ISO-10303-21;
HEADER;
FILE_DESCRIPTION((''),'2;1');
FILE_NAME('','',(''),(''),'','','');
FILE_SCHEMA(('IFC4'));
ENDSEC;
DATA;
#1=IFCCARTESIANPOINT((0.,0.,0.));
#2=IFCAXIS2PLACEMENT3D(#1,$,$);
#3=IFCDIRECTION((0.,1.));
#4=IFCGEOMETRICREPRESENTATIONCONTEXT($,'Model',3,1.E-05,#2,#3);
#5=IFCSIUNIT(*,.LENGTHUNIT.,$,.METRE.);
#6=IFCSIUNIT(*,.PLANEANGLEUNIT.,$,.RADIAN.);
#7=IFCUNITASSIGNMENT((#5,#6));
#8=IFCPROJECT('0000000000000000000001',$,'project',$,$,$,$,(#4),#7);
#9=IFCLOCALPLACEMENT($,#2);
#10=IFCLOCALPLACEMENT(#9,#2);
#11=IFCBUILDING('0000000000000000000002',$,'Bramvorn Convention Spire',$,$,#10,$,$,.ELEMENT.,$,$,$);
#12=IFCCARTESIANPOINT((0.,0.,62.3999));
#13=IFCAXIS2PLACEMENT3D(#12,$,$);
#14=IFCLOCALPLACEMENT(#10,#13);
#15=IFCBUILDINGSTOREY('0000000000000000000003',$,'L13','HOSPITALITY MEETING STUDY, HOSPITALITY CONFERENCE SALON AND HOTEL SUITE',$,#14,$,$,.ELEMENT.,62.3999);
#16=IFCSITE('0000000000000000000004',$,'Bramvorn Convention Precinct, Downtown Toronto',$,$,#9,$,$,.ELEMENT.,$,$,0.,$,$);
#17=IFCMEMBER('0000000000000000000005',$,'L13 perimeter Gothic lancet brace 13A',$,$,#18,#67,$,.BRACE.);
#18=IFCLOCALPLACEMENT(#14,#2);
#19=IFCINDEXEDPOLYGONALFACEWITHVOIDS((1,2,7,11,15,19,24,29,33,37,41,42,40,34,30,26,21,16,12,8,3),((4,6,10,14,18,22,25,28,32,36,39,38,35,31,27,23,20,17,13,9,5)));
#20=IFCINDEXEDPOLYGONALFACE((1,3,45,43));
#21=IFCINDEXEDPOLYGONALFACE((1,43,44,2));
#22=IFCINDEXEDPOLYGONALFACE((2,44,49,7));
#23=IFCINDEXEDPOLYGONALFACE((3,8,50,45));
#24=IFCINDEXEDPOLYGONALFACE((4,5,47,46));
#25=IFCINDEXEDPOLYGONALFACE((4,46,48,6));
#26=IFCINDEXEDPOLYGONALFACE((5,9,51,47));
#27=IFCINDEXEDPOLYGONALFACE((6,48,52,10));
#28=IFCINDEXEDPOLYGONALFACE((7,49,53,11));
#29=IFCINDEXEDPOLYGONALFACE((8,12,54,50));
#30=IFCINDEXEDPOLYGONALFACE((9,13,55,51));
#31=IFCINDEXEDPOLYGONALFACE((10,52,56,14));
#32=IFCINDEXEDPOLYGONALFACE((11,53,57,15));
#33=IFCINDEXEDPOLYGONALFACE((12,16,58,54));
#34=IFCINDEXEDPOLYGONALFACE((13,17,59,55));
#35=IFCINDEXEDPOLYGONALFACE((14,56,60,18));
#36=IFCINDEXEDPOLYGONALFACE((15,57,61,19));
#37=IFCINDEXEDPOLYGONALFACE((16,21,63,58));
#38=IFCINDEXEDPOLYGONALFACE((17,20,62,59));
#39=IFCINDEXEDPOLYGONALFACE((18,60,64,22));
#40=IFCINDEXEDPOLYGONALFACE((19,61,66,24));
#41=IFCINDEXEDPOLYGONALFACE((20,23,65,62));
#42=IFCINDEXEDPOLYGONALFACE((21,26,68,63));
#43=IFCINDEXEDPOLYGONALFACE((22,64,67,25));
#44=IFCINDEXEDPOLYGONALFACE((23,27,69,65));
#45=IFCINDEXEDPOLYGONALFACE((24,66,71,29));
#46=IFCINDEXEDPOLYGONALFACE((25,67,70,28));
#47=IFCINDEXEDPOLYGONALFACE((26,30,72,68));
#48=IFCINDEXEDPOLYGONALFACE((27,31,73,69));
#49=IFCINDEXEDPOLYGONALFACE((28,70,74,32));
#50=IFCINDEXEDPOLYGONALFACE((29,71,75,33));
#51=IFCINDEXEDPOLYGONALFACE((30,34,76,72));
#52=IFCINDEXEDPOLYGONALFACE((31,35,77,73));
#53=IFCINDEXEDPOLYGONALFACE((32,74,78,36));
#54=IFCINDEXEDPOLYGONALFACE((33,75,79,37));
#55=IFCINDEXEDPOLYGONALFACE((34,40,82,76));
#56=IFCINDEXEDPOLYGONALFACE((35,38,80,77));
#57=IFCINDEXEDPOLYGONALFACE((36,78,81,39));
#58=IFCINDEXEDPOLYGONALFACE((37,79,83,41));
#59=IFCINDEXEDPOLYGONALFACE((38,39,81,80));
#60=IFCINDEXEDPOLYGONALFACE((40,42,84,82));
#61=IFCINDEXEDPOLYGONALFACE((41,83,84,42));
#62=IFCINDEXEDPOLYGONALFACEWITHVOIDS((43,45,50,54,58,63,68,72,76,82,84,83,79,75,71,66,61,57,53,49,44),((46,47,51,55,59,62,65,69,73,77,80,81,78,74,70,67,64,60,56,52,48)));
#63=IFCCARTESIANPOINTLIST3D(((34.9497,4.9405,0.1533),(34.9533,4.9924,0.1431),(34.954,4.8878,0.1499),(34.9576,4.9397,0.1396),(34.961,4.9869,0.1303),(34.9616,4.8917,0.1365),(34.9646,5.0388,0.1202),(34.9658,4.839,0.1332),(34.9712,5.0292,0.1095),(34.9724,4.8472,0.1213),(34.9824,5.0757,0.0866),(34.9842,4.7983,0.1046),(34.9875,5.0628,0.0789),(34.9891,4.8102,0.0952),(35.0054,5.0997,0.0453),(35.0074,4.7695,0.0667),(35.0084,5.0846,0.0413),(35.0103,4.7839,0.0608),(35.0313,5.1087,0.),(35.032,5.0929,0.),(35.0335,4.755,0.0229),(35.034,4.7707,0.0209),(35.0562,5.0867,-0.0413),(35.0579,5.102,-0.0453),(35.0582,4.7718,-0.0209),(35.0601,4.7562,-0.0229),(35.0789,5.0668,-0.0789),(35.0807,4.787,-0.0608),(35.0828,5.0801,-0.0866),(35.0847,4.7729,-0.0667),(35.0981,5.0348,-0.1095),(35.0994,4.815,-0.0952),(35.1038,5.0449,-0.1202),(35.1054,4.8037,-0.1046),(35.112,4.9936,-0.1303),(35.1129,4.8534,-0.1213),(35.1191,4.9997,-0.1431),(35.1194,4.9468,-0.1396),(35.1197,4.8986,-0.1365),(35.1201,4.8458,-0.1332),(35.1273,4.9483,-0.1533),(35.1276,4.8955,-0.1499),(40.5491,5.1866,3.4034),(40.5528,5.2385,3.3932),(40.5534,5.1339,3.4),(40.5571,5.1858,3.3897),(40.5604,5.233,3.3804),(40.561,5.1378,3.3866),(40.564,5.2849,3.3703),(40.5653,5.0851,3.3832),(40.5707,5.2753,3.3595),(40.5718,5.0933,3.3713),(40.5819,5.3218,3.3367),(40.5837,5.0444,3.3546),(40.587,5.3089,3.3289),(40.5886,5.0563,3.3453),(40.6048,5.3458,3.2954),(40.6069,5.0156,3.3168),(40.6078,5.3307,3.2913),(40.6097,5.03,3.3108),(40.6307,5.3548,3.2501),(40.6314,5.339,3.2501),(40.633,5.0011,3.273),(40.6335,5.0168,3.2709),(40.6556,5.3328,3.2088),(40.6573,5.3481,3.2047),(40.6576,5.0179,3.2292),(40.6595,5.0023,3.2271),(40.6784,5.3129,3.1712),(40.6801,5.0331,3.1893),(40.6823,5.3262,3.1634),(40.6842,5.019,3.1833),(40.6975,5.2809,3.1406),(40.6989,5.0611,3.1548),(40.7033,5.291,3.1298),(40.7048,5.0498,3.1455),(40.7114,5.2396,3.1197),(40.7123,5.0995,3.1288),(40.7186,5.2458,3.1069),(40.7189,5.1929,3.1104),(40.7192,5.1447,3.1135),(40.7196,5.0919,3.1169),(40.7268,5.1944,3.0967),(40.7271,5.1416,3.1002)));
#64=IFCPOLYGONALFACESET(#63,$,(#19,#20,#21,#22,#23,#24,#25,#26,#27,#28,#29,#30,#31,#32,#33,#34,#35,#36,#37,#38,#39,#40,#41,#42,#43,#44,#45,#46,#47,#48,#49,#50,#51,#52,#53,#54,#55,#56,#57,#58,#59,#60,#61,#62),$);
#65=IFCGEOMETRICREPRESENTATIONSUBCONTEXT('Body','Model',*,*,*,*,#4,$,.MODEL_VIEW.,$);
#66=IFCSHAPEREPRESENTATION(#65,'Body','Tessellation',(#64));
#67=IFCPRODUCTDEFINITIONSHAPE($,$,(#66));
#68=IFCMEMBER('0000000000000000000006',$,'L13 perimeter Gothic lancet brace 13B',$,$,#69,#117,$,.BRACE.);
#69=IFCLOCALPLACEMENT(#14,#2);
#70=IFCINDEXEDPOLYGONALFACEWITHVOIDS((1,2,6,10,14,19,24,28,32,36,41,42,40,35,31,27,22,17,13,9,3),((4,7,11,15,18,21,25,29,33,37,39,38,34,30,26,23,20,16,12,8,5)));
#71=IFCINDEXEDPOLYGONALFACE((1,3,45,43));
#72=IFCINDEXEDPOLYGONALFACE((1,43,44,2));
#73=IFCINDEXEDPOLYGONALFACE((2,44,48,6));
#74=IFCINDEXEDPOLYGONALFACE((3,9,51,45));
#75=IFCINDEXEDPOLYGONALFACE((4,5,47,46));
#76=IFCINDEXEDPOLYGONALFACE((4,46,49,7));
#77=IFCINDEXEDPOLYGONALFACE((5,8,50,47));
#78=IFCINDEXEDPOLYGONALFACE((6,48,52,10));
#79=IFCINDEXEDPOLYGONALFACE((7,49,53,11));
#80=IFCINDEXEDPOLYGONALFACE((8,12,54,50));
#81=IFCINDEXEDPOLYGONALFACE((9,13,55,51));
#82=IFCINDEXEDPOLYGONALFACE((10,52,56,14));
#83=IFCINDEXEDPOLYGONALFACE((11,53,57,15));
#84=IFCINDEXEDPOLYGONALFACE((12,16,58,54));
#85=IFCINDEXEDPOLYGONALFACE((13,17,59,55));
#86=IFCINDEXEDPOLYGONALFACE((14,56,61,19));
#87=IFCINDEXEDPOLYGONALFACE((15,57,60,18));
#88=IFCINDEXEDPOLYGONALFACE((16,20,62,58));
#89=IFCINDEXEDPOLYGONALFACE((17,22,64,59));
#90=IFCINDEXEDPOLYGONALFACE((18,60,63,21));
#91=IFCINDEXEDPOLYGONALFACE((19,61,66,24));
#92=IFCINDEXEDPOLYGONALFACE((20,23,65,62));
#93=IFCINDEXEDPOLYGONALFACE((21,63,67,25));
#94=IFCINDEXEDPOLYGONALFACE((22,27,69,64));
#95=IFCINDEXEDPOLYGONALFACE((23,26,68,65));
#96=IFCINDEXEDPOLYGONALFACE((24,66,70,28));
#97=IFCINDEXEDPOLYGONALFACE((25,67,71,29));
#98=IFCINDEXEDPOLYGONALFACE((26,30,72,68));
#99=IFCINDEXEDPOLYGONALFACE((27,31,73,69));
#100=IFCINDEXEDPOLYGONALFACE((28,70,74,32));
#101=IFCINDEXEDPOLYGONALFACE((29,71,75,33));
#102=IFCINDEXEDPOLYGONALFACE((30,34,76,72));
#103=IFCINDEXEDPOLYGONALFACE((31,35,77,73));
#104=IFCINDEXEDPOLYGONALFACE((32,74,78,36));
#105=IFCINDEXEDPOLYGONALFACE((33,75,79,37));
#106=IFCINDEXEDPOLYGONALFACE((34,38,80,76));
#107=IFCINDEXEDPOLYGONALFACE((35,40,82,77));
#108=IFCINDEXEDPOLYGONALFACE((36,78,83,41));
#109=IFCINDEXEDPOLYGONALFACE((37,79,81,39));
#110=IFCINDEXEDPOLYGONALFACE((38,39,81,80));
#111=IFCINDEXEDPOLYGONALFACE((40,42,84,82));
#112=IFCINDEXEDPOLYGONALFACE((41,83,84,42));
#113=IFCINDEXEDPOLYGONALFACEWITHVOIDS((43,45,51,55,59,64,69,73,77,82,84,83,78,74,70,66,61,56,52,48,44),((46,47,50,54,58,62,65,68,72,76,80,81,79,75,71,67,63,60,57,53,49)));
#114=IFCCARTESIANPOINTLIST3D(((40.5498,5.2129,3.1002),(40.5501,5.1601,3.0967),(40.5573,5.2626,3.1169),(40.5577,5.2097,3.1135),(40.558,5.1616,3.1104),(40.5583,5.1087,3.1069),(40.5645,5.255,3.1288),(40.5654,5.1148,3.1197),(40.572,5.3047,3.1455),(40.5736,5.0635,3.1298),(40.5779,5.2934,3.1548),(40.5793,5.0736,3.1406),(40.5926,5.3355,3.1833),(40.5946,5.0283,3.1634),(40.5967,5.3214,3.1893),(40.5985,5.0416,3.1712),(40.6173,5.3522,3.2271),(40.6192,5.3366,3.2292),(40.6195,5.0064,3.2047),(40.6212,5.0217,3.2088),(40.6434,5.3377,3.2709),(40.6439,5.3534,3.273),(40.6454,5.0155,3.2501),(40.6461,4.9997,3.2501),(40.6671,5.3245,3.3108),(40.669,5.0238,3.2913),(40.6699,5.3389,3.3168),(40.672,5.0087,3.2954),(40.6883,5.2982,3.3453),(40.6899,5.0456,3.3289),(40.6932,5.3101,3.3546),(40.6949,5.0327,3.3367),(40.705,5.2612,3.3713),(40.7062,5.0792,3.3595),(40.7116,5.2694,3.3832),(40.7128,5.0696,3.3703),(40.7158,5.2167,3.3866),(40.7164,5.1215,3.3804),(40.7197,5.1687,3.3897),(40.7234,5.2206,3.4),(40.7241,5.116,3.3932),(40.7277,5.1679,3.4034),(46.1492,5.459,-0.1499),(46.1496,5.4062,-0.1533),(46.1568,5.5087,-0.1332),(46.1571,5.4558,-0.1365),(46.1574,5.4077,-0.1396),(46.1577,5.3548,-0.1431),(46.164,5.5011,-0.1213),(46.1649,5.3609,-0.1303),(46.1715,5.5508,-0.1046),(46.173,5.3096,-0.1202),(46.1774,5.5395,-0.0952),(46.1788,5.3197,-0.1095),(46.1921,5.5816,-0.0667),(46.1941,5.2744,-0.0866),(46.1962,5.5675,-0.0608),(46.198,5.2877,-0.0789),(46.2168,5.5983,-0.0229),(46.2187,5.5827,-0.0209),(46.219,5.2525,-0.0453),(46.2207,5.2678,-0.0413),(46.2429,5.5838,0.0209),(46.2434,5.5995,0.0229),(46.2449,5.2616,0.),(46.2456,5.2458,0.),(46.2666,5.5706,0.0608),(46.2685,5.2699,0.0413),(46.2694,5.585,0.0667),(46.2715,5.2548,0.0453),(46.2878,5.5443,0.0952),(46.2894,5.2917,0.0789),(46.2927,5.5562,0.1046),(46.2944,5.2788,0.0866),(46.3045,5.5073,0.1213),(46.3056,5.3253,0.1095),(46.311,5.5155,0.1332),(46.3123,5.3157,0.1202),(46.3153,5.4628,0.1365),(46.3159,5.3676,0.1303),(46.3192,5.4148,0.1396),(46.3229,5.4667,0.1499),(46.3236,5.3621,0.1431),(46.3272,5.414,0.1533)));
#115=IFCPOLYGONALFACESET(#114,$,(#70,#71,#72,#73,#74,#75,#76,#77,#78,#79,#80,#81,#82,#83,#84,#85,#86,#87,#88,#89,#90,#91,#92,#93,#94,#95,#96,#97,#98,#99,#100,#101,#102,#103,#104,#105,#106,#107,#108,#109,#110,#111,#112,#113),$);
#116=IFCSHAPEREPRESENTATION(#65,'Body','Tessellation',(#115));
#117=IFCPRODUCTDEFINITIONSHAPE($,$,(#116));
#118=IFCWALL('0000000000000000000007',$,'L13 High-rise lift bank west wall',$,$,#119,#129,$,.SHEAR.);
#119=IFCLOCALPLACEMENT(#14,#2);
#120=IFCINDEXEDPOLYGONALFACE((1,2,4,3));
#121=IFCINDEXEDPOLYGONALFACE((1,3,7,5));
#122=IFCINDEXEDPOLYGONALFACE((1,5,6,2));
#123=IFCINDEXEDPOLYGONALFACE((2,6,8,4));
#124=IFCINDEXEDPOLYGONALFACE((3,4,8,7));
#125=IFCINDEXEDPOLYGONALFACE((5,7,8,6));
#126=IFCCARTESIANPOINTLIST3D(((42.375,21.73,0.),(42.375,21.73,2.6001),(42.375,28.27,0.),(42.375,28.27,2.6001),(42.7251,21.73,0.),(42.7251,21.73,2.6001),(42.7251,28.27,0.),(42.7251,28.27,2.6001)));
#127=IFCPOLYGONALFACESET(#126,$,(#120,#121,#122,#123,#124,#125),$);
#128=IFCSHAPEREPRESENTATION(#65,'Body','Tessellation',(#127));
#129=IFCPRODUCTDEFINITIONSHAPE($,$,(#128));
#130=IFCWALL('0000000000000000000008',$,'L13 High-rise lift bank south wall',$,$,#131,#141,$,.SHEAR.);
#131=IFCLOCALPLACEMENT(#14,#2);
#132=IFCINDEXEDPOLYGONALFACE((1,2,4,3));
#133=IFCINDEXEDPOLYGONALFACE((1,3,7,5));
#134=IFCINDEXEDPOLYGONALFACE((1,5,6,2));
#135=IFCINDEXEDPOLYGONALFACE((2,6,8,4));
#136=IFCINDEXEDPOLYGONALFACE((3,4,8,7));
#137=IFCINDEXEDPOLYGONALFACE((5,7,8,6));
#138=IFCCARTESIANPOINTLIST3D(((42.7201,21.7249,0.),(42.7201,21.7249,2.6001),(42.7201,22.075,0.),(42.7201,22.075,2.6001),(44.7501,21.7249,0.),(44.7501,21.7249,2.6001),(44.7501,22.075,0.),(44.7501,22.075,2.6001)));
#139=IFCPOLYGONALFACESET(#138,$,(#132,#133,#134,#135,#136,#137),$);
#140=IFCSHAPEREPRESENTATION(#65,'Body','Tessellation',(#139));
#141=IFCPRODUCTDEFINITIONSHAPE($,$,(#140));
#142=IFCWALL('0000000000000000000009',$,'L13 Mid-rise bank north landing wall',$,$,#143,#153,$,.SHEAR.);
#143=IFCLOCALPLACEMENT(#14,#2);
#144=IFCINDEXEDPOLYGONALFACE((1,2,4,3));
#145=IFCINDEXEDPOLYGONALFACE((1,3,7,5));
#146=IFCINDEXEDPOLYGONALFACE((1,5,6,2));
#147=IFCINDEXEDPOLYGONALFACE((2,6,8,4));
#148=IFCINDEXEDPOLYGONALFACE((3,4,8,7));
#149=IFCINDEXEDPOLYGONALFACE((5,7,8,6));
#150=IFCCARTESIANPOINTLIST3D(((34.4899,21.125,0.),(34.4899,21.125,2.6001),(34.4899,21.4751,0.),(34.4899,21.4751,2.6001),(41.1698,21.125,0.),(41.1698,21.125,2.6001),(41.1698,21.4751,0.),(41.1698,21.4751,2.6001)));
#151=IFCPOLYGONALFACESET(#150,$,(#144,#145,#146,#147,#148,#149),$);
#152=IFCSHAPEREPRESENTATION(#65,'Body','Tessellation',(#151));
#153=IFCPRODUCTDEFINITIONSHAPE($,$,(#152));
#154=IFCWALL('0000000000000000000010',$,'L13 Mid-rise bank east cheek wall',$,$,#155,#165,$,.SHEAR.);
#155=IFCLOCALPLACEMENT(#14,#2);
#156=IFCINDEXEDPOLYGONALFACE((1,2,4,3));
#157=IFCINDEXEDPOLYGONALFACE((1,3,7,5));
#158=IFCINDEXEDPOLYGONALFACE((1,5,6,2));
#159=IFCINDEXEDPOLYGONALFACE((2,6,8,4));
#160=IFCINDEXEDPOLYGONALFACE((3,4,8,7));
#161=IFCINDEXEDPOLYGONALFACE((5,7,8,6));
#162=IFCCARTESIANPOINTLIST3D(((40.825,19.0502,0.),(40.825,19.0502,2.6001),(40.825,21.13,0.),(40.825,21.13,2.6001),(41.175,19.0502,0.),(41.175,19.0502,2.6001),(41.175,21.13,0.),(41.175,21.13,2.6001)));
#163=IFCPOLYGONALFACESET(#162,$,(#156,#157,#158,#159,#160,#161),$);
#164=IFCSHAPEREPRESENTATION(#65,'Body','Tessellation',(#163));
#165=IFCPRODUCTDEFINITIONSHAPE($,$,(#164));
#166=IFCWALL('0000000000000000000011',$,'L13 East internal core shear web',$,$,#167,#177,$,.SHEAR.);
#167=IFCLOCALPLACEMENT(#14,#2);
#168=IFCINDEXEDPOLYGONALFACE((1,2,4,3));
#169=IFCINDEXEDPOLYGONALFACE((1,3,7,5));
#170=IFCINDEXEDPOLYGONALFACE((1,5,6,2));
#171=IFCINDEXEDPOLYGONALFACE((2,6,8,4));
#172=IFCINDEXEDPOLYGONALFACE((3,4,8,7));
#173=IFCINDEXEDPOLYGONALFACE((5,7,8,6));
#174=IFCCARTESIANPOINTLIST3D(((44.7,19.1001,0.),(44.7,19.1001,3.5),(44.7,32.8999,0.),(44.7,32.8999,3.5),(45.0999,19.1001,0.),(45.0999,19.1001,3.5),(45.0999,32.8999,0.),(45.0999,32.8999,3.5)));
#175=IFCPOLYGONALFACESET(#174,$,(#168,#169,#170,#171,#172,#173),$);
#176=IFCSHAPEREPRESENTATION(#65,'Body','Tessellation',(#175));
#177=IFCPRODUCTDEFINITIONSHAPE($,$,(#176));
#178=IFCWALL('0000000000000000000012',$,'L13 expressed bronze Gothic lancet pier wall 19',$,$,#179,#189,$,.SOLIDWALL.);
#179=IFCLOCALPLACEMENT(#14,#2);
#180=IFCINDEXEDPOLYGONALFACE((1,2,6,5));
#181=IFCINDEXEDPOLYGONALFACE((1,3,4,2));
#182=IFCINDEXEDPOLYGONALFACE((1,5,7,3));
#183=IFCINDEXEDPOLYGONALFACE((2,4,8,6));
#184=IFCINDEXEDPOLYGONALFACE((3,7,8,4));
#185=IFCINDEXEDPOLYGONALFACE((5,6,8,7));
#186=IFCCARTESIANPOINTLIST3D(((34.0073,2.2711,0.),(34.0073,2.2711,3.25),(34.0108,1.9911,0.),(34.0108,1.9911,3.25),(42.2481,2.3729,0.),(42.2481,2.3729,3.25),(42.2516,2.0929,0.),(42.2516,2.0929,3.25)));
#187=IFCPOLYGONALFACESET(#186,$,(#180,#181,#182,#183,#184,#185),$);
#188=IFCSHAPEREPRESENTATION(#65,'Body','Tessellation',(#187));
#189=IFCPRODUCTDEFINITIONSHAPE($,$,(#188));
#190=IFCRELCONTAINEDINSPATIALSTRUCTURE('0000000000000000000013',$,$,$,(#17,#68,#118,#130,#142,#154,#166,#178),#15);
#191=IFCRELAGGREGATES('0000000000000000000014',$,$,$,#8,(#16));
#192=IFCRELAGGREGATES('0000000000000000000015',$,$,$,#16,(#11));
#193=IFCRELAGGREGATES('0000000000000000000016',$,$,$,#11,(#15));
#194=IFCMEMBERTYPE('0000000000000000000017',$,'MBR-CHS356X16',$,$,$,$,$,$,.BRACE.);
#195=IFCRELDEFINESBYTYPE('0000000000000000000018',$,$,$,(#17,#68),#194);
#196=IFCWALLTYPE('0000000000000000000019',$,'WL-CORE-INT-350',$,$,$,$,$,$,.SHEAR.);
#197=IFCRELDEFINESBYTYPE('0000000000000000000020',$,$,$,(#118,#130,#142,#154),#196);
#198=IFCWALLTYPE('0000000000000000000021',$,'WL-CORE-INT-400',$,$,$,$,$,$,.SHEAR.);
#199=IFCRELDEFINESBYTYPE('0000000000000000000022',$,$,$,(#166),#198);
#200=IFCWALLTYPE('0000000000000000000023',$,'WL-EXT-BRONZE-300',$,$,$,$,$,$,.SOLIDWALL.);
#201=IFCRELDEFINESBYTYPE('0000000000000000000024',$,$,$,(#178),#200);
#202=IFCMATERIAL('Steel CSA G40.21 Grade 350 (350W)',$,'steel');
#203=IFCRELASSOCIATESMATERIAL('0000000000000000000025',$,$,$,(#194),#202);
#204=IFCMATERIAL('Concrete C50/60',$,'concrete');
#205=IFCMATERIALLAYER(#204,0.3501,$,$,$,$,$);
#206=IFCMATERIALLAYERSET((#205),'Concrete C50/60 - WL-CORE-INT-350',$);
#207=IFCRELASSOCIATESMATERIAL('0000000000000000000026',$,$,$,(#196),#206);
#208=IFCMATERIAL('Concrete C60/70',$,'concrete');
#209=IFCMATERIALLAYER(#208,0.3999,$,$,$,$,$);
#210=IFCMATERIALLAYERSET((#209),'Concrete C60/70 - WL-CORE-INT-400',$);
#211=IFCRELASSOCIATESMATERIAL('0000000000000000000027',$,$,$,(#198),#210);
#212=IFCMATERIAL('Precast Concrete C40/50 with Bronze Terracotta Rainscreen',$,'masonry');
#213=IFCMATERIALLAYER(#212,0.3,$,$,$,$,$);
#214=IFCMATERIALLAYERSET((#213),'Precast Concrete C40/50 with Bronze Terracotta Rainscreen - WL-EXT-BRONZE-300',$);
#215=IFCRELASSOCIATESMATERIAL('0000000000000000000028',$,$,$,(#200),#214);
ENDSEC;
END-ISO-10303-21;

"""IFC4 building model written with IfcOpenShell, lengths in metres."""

from ifc_helpers import new_model, si_unit, direction, frame, frame_2d, origin, origin_2d, place, context, subcontext, project, spatial, rectangle, hollow_circle, extrude, material, layer, layer_set, material_profile, profile_set, type_object, element, save


model = new_model("IFC4")

# Units and contexts
model_context = context("Model", 3, precision=1e-05, world=origin(), true_north=direction((0.0, 1.0)))
body_context = subcontext(model_context, "Body", "Model", "MODEL_VIEW")
ifc_project = project(units=[si_unit("LENGTHUNIT", "METRE"), si_unit("PLANEANGLEUNIT", "RADIAN")], contexts=[model_context])

# Site, building, storey
site_placement = place(None, origin())
site = spatial("IfcSite", under=ifc_project, at=site_placement, Name="Bramvorn Convention Precinct, Downtown Toronto", CompositionType="ELEMENT", RefElevation=0.0)
building_placement = place(site_placement, origin())
building = spatial("IfcBuilding", under=site, at=building_placement, Name="Bramvorn Convention Spire", CompositionType="ELEMENT")
storey_placement = place(building_placement, frame((0.0, 0.0, 62.3999)))
storey = spatial("IfcBuildingStorey", under=building, at=storey_placement, Name="L13", Description="HOSPITALITY MEETING STUDY, HOSPITALITY CONFERENCE SALON AND HOTEL SUITE", CompositionType="ELEMENT", Elevation=62.3999)

# Shared definitions
ifc_material_1 = material(Name="Steel CSA G40.21 Grade 350 (350W)", Category="steel")

# Members
ifc_material_profile_1 = material_profile(ifc_material_1, hollow_circle(Radius=0.1777, WallThickness=0.0159, at=origin_2d()))
ifc_profile_set_1 = profile_set([ifc_material_profile_1], Name="Steel CSA G40.21 Grade 350 (350W) - CHS356X16")
member_type = type_object("IfcMemberType", Name="MBR-CHS356X16", PredefinedType="BRACE", material=ifc_profile_set_1)
for number, where, z_axis, x_axis, name in (
    (1, (35.0391, 4.9312, 0.0), (0.864248, 0.037984, 0.50163), (-0.043908, 0.999036, 0.0), "L13 perimeter Gothic lancet brace 13A"),
    (2, (46.2378, 5.4233, 0.0), (-0.864248, -0.037984, 0.50163), (0.043908, -0.999036, 0.0), "L13 perimeter Gothic lancet brace 13B"),
):
    element("IfcMember", number, at=place(storey_placement, frame(where, z_axis=z_axis, x_axis=x_axis)), inside=storey, type_object=member_type, Name=name, PredefinedType="BRACE", context=body_context, shape_type="SweptSolid", body=[
        extrude(hollow_circle(Radius=0.1777, WallThickness=0.0159, at=origin_2d()), origin(), (0.0, 0.0, 1.0), 6.479),
    ])

# Walls
ifc_material_2 = material(Name="Concrete C50/60", Category="concrete")
ifc_layer_1 = layer(ifc_material_2, 0.3501)
ifc_layer_set_1 = layer_set([ifc_layer_1], Name="Concrete C50/60 - WL-CORE-INT-350")
wall_type_1 = type_object("IfcWallType", Name="WL-CORE-INT-350", PredefinedType="SHEAR", material=ifc_layer_set_1)
wall_1_placement = place(storey_placement, frame((42.55, 21.73, 0.0), z_axis=(0.0, 0.0, 1.0), x_axis=(0.0, 1.0, 0.0)))
element("IfcWall", 3, at=wall_1_placement, inside=storey, type_object=wall_type_1, Name="L13 High-rise lift bank west wall", PredefinedType="SHEAR", context=body_context, shape_type="SweptSolid", body=[
    extrude(rectangle(XDim=6.54, YDim=0.3501, at=frame_2d((3.27, 0.0))), origin(), (0.0, 0.0, 1.0), 2.6001),
])
wall_2_placement = place(storey_placement, frame((42.72, 21.8999, 0.0), z_axis=(0.0, 0.0, 1.0), x_axis=(1.0, 0.0, 0.0)))
element("IfcWall", 4, at=wall_2_placement, inside=storey, type_object=wall_type_1, Name="L13 High-rise lift bank south wall", PredefinedType="SHEAR", context=body_context, shape_type="SweptSolid", body=[
    extrude(rectangle(XDim=2.03, YDim=0.3501, at=frame_2d((1.0151, 0.0))), origin(), (0.0, 0.0, 1.0), 2.6001),
])
wall_3_placement = place(storey_placement, frame((34.49, 21.3, 0.0), z_axis=(0.0, 0.0, 1.0), x_axis=(1.0, 0.0, 0.0)))
element("IfcWall", 5, at=wall_3_placement, inside=storey, type_object=wall_type_1, Name="L13 Mid-rise bank north landing wall", PredefinedType="SHEAR", context=body_context, shape_type="SweptSolid", body=[
    extrude(rectangle(XDim=6.6799, YDim=0.3501, at=frame_2d((3.3398, 0.0))), origin(), (0.0, 0.0, 1.0), 2.6001),
])
wall_4_placement = place(storey_placement, frame((41.0, 19.05, 0.0), z_axis=(0.0, 0.0, 1.0), x_axis=(0.0, 1.0, 0.0)))
element("IfcWall", 6, at=wall_4_placement, inside=storey, type_object=wall_type_1, Name="L13 Mid-rise bank east cheek wall", PredefinedType="SHEAR", context=body_context, shape_type="SweptSolid", body=[
    extrude(rectangle(XDim=2.0798, YDim=0.3501, at=frame_2d((1.04, 0.0))), origin(), (0.0, 0.0, 1.0), 2.6001),
])
ifc_material_3 = material(Name="Concrete C60/70", Category="concrete")
ifc_layer_2 = layer(ifc_material_3, 0.3999)
ifc_layer_set_2 = layer_set([ifc_layer_2], Name="Concrete C60/70 - WL-CORE-INT-400")
wall_type_2 = type_object("IfcWallType", Name="WL-CORE-INT-400", PredefinedType="SHEAR", material=ifc_layer_set_2)
wall_5_placement = place(storey_placement, frame((44.8999, 19.1001, 0.0), z_axis=(0.0, 0.0, 1.0), x_axis=(0.0, 1.0, 0.0)))
element("IfcWall", 7, at=wall_5_placement, inside=storey, type_object=wall_type_2, Name="L13 East internal core shear web", PredefinedType="SHEAR", context=body_context, shape_type="SweptSolid", body=[
    extrude(rectangle(XDim=13.7998, YDim=0.3999, at=frame_2d((6.8999, 0.0))), origin(), (0.0, 0.0, 1.0), 3.5),
])
ifc_material_4 = material(Name="Precast Concrete C40/50 with Bronze Terracotta Rainscreen", Category="masonry")
ifc_layer_3 = layer(ifc_material_4, 0.3)
ifc_layer_set_3 = layer_set([ifc_layer_3], Name="Precast Concrete C40/50 with Bronze Terracotta Rainscreen - WL-EXT-BRONZE-300")
wall_type_3 = type_object("IfcWallType", Name="WL-EXT-BRONZE-300", PredefinedType="SOLIDWALL", material=ifc_layer_set_3)
wall_6_placement = place(storey_placement, frame((42.2498, 2.2329, 0.0), z_axis=(0.0, 0.0, 1.0), x_axis=(-0.999924, -0.012353, 0.0)))
element("IfcWall", 8, at=wall_6_placement, inside=storey, type_object=wall_type_3, Name="L13 expressed bronze Gothic lancet pier wall 19", PredefinedType="SOLIDWALL", context=body_context, shape_type="SweptSolid", body=[
    extrude(rectangle(XDim=8.2415, YDim=0.28, at=frame_2d((4.1206, 0.0))), origin(), (0.0, 0.0, 1.0), 3.25),
])

save(model, "model.ifc")
